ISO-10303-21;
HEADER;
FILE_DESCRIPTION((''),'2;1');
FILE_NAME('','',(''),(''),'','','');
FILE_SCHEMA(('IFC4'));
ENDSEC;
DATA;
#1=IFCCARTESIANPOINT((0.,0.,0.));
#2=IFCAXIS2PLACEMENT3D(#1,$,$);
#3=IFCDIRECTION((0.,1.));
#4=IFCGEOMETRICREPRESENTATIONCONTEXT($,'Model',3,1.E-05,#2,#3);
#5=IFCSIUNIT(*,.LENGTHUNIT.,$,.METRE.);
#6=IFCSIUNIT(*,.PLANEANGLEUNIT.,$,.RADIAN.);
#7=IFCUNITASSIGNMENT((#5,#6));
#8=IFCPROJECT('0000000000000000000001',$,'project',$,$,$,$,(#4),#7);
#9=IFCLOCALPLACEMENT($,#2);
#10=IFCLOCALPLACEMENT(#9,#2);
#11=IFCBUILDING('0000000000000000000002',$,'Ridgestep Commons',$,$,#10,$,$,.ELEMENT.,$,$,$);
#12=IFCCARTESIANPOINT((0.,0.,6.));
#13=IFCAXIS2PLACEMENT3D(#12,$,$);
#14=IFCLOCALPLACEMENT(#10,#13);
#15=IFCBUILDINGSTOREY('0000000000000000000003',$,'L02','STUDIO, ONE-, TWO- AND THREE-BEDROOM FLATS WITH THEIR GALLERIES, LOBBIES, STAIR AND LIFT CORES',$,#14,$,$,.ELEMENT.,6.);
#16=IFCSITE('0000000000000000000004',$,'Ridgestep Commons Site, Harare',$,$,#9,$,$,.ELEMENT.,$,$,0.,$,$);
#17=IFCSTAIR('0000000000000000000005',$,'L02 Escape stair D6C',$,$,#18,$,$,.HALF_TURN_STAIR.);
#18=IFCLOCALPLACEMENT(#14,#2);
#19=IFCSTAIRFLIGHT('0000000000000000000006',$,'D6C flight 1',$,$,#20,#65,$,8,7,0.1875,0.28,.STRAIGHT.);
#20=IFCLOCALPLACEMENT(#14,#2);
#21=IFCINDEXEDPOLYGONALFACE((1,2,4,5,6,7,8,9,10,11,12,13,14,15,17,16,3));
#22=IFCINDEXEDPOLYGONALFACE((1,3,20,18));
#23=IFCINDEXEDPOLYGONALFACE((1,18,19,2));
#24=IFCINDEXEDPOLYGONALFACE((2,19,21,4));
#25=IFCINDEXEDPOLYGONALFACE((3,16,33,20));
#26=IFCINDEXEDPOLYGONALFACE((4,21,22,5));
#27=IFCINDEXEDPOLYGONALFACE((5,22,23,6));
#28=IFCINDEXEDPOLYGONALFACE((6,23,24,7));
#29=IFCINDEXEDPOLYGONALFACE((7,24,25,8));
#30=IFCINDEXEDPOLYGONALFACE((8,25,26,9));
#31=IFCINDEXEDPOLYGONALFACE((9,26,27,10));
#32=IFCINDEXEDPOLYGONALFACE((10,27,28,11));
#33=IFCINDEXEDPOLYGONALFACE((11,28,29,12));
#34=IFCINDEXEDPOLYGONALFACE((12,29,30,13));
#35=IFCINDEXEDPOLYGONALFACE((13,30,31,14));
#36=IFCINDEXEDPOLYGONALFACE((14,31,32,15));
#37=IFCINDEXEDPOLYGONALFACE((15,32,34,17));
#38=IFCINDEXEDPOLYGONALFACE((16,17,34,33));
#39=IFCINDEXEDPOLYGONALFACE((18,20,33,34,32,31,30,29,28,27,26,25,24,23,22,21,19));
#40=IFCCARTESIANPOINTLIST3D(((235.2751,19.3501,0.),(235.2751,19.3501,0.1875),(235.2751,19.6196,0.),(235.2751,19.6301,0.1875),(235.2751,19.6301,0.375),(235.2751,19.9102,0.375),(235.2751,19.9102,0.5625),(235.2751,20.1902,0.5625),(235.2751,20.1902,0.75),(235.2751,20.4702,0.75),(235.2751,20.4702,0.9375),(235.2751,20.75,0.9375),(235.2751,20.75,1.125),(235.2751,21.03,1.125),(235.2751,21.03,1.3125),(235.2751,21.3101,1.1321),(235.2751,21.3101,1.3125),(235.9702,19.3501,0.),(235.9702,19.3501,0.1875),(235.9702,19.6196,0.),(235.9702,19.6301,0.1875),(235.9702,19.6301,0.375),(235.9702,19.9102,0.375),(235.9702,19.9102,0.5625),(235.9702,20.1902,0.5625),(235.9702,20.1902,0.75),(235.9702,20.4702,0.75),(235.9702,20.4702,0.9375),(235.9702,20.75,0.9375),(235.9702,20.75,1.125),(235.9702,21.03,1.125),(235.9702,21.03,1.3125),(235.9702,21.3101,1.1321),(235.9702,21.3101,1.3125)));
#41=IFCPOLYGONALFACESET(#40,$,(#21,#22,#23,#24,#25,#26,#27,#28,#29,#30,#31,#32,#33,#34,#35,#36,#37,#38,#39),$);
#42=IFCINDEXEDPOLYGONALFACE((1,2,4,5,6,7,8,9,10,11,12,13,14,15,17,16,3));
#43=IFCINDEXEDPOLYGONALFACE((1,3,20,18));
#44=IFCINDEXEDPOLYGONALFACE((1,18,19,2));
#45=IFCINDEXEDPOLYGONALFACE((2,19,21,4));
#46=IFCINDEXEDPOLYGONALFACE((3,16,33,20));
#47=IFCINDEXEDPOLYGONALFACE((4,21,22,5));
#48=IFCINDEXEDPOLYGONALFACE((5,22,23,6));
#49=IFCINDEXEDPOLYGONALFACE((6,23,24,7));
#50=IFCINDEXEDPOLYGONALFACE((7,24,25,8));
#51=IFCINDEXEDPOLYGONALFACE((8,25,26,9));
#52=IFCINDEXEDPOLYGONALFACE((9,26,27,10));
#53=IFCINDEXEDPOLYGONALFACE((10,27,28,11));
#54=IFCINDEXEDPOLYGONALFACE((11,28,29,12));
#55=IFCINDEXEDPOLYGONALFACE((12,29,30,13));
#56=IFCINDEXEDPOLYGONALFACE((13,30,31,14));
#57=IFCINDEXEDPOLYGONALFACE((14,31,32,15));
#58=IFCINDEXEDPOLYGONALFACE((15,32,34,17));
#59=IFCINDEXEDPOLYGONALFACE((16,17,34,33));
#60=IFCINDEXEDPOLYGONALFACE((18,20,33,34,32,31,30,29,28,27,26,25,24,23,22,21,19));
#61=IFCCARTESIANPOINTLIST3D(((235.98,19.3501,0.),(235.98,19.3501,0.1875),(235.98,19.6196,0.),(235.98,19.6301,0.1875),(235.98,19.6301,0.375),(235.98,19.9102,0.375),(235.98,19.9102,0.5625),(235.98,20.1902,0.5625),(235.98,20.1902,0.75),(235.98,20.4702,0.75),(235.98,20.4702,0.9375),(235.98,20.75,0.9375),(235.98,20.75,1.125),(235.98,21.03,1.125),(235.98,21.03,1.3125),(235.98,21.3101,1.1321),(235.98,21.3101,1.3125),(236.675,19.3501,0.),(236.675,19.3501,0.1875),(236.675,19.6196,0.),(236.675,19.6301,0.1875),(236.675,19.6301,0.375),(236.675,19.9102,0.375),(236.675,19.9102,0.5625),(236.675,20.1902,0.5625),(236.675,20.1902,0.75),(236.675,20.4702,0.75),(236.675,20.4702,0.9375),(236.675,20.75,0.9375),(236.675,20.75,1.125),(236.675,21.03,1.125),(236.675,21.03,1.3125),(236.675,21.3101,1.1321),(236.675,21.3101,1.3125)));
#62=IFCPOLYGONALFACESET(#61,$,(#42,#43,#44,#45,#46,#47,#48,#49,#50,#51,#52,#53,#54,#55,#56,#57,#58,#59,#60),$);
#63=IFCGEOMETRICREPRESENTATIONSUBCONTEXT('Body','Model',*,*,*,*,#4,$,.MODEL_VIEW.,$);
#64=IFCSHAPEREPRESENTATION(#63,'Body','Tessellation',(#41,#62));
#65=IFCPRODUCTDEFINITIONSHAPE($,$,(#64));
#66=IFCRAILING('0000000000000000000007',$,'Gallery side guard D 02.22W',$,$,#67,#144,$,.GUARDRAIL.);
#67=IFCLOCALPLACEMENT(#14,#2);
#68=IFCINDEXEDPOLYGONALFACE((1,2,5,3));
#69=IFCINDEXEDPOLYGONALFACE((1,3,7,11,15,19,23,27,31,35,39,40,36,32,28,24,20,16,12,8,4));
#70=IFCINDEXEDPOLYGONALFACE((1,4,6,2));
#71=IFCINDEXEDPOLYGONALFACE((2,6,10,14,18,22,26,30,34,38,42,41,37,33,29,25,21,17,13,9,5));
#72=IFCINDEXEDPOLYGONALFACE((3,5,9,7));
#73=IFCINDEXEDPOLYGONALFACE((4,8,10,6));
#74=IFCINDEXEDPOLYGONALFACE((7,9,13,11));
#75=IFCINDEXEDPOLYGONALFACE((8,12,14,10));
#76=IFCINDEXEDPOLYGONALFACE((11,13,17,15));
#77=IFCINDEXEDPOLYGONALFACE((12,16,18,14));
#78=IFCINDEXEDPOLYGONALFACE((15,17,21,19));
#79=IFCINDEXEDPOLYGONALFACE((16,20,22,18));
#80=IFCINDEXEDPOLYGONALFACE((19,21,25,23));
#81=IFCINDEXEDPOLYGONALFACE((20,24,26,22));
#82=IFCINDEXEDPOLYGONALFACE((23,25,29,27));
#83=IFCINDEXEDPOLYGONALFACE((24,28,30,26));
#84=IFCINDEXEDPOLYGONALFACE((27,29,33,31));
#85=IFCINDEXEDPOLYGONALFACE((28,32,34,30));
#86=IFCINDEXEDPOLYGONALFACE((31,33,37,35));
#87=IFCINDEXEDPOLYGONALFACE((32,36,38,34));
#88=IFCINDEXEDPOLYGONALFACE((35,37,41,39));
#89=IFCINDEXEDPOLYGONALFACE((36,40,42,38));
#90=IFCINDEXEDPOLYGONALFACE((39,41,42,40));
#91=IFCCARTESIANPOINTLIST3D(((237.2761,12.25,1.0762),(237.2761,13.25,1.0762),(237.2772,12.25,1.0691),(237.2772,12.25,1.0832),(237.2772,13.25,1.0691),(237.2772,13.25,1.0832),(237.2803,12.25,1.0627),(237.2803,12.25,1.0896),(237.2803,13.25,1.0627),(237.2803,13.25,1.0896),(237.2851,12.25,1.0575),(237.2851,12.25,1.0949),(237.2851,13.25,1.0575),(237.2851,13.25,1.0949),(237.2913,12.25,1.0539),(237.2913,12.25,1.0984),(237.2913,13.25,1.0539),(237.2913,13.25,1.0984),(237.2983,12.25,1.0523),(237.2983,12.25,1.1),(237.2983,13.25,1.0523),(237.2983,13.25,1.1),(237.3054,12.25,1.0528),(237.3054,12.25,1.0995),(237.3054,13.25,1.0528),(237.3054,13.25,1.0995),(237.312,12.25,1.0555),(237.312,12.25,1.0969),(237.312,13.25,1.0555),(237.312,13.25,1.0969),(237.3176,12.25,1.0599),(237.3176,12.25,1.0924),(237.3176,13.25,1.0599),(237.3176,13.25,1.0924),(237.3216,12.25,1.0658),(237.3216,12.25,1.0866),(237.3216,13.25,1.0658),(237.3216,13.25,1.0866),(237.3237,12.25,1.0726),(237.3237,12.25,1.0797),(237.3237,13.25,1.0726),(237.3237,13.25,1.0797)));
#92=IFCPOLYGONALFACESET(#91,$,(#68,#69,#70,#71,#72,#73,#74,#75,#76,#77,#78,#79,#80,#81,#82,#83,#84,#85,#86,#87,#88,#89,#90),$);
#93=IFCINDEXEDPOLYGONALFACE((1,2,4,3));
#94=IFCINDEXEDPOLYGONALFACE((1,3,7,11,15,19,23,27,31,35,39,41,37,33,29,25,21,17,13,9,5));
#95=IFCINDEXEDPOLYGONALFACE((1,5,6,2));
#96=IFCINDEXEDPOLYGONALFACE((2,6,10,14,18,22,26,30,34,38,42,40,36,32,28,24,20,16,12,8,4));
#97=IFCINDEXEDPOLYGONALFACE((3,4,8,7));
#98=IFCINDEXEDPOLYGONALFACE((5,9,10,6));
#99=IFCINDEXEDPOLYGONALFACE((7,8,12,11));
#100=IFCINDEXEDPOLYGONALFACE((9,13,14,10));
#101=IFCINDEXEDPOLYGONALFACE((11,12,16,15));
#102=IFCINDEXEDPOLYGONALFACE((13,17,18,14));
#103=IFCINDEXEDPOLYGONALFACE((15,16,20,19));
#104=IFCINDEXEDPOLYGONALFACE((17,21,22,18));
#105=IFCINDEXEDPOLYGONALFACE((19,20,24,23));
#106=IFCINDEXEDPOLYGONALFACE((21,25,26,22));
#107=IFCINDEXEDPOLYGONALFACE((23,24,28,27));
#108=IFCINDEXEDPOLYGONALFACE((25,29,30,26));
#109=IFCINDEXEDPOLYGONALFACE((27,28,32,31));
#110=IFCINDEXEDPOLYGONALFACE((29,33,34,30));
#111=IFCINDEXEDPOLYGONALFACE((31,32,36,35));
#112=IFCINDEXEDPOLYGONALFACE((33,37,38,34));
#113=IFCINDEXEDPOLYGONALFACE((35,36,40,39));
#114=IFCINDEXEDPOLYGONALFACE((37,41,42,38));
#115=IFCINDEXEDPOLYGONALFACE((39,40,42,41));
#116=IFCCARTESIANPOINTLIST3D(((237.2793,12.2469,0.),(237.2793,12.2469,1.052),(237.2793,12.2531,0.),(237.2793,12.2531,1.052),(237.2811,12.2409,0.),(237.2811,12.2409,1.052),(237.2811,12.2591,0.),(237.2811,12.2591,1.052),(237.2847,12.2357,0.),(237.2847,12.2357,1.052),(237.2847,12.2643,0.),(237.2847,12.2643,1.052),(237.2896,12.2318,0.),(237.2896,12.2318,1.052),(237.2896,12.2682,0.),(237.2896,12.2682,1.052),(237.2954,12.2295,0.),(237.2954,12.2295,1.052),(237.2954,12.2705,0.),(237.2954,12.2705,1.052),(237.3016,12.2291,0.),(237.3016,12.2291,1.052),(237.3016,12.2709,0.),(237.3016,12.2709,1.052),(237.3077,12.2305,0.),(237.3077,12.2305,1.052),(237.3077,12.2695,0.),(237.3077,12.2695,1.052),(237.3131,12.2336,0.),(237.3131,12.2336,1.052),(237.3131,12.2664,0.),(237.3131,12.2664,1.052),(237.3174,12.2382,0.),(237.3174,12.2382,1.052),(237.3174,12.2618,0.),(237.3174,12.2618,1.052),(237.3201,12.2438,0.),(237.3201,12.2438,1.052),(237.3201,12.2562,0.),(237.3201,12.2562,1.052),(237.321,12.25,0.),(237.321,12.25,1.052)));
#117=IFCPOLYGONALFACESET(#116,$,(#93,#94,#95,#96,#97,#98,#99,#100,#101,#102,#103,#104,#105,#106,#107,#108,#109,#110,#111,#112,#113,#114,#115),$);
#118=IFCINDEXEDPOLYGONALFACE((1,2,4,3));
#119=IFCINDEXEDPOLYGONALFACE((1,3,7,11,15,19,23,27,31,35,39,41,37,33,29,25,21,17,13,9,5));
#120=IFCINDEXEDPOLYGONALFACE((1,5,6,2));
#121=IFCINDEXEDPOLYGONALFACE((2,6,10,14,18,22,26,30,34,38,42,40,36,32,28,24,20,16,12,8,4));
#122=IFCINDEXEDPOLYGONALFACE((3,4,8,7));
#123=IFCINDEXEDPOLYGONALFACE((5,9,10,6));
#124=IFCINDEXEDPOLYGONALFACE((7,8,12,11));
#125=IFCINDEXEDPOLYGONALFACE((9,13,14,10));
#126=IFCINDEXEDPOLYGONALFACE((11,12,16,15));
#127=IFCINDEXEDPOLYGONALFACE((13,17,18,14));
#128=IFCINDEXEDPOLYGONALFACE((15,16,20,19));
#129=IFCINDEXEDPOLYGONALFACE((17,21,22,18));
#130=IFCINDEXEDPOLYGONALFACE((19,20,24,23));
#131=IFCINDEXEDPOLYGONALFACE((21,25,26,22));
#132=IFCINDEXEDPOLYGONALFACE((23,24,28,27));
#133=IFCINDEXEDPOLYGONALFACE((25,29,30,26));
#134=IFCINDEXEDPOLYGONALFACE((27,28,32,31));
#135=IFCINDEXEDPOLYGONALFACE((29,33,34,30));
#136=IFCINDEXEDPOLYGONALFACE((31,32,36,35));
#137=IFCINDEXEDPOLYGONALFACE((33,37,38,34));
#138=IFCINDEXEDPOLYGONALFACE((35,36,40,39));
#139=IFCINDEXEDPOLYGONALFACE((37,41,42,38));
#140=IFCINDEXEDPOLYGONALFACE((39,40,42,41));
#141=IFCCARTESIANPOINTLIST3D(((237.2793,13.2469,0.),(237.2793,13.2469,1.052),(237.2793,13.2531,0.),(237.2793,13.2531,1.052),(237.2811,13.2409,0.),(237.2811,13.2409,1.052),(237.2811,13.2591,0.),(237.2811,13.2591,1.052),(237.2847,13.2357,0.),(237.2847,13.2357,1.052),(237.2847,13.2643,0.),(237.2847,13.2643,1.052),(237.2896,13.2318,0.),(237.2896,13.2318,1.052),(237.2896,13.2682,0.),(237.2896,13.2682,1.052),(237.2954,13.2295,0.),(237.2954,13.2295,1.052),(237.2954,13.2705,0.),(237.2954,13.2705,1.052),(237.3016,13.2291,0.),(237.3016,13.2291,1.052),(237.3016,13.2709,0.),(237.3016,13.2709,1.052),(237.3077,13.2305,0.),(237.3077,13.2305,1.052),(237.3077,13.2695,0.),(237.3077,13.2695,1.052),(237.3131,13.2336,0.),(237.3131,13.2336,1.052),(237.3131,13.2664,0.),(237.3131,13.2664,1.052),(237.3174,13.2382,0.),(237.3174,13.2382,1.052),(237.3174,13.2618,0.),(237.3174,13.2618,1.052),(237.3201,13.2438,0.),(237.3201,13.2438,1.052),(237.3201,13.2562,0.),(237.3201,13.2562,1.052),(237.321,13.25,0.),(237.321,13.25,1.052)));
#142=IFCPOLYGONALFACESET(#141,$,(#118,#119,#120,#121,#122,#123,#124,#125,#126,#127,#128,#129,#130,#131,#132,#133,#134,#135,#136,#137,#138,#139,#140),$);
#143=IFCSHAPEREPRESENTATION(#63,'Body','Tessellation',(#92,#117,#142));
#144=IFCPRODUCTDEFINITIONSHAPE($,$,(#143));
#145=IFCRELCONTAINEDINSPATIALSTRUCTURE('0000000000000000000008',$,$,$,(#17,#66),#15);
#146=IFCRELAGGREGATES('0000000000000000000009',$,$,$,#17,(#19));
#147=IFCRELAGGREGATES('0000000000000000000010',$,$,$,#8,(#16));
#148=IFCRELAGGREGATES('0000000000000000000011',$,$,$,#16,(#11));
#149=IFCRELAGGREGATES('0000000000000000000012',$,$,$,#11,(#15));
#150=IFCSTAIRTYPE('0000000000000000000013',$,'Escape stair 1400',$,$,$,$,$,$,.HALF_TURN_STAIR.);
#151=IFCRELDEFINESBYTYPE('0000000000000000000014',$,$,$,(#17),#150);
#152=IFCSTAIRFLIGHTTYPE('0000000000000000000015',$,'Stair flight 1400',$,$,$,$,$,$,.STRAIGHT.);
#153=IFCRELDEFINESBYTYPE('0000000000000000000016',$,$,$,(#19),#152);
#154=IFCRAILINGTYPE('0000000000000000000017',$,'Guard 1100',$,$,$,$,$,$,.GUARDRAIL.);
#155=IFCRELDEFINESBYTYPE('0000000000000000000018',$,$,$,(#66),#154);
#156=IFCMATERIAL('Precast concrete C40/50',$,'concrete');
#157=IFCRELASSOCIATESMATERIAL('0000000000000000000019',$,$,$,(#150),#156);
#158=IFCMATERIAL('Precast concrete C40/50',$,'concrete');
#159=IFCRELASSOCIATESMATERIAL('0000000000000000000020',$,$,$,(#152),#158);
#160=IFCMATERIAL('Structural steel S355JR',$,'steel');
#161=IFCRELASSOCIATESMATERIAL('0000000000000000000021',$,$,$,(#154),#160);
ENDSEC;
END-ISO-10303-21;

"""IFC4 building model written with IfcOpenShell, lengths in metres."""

from ifc_helpers import new_model, si_unit, direction, frame, origin, origin_2d, place, context, subcontext, project, spatial, polyline, circle, outline, extrude, material, type_object, element, aggregate, save


model = new_model("IFC4")

# Units and contexts
model_context = context("Model", 3, precision=1e-05, world=origin(), true_north=direction((0.0, 1.0)))
body_context = subcontext(model_context, "Body", "Model", "MODEL_VIEW")
ifc_project = project(units=[si_unit("LENGTHUNIT", "METRE"), si_unit("PLANEANGLEUNIT", "RADIAN")], contexts=[model_context])

# Site, building, storey
site_placement = place(None, origin())
site = spatial("IfcSite", under=ifc_project, at=site_placement, Name="Ridgestep Commons Site, Harare", CompositionType="ELEMENT", RefElevation=0.0)
building_placement = place(site_placement, origin())
building = spatial("IfcBuilding", under=site, at=building_placement, Name="Ridgestep Commons", CompositionType="ELEMENT")
storey_placement = place(building_placement, frame((0.0, 0.0, 6.0)))
storey = spatial("IfcBuildingStorey", under=building, at=storey_placement, Name="L02", Description="STUDIO, ONE-, TWO- AND THREE-BEDROOM FLATS WITH THEIR GALLERIES, LOBBIES, STAIR AND LIFT CORES", CompositionType="ELEMENT", Elevation=6.0)

# Stair, stair flight
ifc_material_1 = material(Name="Precast concrete C40/50", Category="concrete")
stair_type = type_object("IfcStairType", Name="Escape stair 1400", PredefinedType="HALF_TURN_STAIR", material=ifc_material_1)
stair_placement = place(storey_placement, origin())
stair = element("IfcStair", 1, at=stair_placement, inside=storey, type_object=stair_type, Name="L02 Escape stair D6C", PredefinedType="HALF_TURN_STAIR")
ifc_material_2 = material(Name="Precast concrete C40/50", Category="concrete")
stair_flight_type = type_object("IfcStairFlightType", Name="Stair flight 1400", PredefinedType="STRAIGHT", material=ifc_material_2)
stair_flight_placement = place(storey_placement, frame((235.9751, 19.3501, 0.0), z_axis=(0.0, 0.0, 1.0), x_axis=(0.0, 1.0, 0.0)))
stair_flight = element("IfcStairFlight", 2, at=stair_flight_placement, type_object=stair_flight_type, Name="D6C flight 1", NumberOfRisers=8, NumberOfTreads=7, PredefinedType="STRAIGHT", RiserHeight=0.1875, TreadLength=0.28, context=body_context, shape_type="SweptSolid", body=[
    extrude(outline(polyline([(0.0, 0.0), (0.0, 0.1875), (0.28, 0.1875), (0.28, 0.375), (0.5601, 0.375), (0.5601, 0.5625), (0.8401, 0.5625), (0.8401, 0.75), (1.1201, 0.75), (1.1201, 0.9375), (1.3999, 0.9375), (1.3999, 1.125), (1.6799, 1.125), (1.6799, 1.3125), (1.96, 1.3125), (1.96, 1.5), (1.96, 1.1321), (0.2695, 0.0), (0.0, 0.0)])), frame((0.0, 0.7, 0.0), z_axis=(0.0, -1.0, 0.0), x_axis=(1.0, 0.0, 0.0)), (0.0, 0.0, 1.0), 0.6951),
    extrude(outline(polyline([(0.0, 0.0), (0.0, 0.1875), (0.28, 0.1875), (0.28, 0.375), (0.5601, 0.375), (0.5601, 0.5625), (0.8401, 0.5625), (0.8401, 0.75), (1.1201, 0.75), (1.1201, 0.9375), (1.3999, 0.9375), (1.3999, 1.125), (1.6799, 1.125), (1.6799, 1.3125), (1.96, 1.3125), (1.96, 1.5), (1.96, 1.1321), (0.2695, 0.0), (0.0, 0.0)])), frame((0.0, -0.0049, 0.0), z_axis=(0.0, -1.0, 0.0), x_axis=(1.0, 0.0, 0.0)), (0.0, 0.0, 1.0), 0.6951),
])
aggregate(stair, [stair_flight])

# Railing
ifc_material_3 = material(Name="Structural steel S355JR", Category="steel")
railing_type_1 = type_object("IfcRailingType", Name="Guard 1100", PredefinedType="GUARDRAIL", material=ifc_material_3)
railing_1_placement = place(storey_placement, frame((237.3, 12.25, 0.0)))
element("IfcRailing", 3, at=railing_1_placement, inside=storey, type_object=railing_type_1, Name="Gallery side guard D 02.22W", PredefinedType="GUARDRAIL", context=body_context, shape_type="SweptSolid", body=[
    extrude(circle(Radius=0.0239, at=origin_2d()), frame((0.0, 0.0, 1.0762), z_axis=(0.0, 1.0, 0.0), x_axis=(-1.0, 0.0, 0.0)), (0.0, 0.0, 1.0), 1.0),
    extrude(circle(Radius=0.021, at=origin_2d()), origin(), (0.0, 0.0, 1.0), 1.052),
    extrude(circle(Radius=0.021, at=origin_2d()), frame((0.0, 1.0, 0.0)), (0.0, 0.0, 1.0), 1.052),
])

save(model, "model.ifc")
